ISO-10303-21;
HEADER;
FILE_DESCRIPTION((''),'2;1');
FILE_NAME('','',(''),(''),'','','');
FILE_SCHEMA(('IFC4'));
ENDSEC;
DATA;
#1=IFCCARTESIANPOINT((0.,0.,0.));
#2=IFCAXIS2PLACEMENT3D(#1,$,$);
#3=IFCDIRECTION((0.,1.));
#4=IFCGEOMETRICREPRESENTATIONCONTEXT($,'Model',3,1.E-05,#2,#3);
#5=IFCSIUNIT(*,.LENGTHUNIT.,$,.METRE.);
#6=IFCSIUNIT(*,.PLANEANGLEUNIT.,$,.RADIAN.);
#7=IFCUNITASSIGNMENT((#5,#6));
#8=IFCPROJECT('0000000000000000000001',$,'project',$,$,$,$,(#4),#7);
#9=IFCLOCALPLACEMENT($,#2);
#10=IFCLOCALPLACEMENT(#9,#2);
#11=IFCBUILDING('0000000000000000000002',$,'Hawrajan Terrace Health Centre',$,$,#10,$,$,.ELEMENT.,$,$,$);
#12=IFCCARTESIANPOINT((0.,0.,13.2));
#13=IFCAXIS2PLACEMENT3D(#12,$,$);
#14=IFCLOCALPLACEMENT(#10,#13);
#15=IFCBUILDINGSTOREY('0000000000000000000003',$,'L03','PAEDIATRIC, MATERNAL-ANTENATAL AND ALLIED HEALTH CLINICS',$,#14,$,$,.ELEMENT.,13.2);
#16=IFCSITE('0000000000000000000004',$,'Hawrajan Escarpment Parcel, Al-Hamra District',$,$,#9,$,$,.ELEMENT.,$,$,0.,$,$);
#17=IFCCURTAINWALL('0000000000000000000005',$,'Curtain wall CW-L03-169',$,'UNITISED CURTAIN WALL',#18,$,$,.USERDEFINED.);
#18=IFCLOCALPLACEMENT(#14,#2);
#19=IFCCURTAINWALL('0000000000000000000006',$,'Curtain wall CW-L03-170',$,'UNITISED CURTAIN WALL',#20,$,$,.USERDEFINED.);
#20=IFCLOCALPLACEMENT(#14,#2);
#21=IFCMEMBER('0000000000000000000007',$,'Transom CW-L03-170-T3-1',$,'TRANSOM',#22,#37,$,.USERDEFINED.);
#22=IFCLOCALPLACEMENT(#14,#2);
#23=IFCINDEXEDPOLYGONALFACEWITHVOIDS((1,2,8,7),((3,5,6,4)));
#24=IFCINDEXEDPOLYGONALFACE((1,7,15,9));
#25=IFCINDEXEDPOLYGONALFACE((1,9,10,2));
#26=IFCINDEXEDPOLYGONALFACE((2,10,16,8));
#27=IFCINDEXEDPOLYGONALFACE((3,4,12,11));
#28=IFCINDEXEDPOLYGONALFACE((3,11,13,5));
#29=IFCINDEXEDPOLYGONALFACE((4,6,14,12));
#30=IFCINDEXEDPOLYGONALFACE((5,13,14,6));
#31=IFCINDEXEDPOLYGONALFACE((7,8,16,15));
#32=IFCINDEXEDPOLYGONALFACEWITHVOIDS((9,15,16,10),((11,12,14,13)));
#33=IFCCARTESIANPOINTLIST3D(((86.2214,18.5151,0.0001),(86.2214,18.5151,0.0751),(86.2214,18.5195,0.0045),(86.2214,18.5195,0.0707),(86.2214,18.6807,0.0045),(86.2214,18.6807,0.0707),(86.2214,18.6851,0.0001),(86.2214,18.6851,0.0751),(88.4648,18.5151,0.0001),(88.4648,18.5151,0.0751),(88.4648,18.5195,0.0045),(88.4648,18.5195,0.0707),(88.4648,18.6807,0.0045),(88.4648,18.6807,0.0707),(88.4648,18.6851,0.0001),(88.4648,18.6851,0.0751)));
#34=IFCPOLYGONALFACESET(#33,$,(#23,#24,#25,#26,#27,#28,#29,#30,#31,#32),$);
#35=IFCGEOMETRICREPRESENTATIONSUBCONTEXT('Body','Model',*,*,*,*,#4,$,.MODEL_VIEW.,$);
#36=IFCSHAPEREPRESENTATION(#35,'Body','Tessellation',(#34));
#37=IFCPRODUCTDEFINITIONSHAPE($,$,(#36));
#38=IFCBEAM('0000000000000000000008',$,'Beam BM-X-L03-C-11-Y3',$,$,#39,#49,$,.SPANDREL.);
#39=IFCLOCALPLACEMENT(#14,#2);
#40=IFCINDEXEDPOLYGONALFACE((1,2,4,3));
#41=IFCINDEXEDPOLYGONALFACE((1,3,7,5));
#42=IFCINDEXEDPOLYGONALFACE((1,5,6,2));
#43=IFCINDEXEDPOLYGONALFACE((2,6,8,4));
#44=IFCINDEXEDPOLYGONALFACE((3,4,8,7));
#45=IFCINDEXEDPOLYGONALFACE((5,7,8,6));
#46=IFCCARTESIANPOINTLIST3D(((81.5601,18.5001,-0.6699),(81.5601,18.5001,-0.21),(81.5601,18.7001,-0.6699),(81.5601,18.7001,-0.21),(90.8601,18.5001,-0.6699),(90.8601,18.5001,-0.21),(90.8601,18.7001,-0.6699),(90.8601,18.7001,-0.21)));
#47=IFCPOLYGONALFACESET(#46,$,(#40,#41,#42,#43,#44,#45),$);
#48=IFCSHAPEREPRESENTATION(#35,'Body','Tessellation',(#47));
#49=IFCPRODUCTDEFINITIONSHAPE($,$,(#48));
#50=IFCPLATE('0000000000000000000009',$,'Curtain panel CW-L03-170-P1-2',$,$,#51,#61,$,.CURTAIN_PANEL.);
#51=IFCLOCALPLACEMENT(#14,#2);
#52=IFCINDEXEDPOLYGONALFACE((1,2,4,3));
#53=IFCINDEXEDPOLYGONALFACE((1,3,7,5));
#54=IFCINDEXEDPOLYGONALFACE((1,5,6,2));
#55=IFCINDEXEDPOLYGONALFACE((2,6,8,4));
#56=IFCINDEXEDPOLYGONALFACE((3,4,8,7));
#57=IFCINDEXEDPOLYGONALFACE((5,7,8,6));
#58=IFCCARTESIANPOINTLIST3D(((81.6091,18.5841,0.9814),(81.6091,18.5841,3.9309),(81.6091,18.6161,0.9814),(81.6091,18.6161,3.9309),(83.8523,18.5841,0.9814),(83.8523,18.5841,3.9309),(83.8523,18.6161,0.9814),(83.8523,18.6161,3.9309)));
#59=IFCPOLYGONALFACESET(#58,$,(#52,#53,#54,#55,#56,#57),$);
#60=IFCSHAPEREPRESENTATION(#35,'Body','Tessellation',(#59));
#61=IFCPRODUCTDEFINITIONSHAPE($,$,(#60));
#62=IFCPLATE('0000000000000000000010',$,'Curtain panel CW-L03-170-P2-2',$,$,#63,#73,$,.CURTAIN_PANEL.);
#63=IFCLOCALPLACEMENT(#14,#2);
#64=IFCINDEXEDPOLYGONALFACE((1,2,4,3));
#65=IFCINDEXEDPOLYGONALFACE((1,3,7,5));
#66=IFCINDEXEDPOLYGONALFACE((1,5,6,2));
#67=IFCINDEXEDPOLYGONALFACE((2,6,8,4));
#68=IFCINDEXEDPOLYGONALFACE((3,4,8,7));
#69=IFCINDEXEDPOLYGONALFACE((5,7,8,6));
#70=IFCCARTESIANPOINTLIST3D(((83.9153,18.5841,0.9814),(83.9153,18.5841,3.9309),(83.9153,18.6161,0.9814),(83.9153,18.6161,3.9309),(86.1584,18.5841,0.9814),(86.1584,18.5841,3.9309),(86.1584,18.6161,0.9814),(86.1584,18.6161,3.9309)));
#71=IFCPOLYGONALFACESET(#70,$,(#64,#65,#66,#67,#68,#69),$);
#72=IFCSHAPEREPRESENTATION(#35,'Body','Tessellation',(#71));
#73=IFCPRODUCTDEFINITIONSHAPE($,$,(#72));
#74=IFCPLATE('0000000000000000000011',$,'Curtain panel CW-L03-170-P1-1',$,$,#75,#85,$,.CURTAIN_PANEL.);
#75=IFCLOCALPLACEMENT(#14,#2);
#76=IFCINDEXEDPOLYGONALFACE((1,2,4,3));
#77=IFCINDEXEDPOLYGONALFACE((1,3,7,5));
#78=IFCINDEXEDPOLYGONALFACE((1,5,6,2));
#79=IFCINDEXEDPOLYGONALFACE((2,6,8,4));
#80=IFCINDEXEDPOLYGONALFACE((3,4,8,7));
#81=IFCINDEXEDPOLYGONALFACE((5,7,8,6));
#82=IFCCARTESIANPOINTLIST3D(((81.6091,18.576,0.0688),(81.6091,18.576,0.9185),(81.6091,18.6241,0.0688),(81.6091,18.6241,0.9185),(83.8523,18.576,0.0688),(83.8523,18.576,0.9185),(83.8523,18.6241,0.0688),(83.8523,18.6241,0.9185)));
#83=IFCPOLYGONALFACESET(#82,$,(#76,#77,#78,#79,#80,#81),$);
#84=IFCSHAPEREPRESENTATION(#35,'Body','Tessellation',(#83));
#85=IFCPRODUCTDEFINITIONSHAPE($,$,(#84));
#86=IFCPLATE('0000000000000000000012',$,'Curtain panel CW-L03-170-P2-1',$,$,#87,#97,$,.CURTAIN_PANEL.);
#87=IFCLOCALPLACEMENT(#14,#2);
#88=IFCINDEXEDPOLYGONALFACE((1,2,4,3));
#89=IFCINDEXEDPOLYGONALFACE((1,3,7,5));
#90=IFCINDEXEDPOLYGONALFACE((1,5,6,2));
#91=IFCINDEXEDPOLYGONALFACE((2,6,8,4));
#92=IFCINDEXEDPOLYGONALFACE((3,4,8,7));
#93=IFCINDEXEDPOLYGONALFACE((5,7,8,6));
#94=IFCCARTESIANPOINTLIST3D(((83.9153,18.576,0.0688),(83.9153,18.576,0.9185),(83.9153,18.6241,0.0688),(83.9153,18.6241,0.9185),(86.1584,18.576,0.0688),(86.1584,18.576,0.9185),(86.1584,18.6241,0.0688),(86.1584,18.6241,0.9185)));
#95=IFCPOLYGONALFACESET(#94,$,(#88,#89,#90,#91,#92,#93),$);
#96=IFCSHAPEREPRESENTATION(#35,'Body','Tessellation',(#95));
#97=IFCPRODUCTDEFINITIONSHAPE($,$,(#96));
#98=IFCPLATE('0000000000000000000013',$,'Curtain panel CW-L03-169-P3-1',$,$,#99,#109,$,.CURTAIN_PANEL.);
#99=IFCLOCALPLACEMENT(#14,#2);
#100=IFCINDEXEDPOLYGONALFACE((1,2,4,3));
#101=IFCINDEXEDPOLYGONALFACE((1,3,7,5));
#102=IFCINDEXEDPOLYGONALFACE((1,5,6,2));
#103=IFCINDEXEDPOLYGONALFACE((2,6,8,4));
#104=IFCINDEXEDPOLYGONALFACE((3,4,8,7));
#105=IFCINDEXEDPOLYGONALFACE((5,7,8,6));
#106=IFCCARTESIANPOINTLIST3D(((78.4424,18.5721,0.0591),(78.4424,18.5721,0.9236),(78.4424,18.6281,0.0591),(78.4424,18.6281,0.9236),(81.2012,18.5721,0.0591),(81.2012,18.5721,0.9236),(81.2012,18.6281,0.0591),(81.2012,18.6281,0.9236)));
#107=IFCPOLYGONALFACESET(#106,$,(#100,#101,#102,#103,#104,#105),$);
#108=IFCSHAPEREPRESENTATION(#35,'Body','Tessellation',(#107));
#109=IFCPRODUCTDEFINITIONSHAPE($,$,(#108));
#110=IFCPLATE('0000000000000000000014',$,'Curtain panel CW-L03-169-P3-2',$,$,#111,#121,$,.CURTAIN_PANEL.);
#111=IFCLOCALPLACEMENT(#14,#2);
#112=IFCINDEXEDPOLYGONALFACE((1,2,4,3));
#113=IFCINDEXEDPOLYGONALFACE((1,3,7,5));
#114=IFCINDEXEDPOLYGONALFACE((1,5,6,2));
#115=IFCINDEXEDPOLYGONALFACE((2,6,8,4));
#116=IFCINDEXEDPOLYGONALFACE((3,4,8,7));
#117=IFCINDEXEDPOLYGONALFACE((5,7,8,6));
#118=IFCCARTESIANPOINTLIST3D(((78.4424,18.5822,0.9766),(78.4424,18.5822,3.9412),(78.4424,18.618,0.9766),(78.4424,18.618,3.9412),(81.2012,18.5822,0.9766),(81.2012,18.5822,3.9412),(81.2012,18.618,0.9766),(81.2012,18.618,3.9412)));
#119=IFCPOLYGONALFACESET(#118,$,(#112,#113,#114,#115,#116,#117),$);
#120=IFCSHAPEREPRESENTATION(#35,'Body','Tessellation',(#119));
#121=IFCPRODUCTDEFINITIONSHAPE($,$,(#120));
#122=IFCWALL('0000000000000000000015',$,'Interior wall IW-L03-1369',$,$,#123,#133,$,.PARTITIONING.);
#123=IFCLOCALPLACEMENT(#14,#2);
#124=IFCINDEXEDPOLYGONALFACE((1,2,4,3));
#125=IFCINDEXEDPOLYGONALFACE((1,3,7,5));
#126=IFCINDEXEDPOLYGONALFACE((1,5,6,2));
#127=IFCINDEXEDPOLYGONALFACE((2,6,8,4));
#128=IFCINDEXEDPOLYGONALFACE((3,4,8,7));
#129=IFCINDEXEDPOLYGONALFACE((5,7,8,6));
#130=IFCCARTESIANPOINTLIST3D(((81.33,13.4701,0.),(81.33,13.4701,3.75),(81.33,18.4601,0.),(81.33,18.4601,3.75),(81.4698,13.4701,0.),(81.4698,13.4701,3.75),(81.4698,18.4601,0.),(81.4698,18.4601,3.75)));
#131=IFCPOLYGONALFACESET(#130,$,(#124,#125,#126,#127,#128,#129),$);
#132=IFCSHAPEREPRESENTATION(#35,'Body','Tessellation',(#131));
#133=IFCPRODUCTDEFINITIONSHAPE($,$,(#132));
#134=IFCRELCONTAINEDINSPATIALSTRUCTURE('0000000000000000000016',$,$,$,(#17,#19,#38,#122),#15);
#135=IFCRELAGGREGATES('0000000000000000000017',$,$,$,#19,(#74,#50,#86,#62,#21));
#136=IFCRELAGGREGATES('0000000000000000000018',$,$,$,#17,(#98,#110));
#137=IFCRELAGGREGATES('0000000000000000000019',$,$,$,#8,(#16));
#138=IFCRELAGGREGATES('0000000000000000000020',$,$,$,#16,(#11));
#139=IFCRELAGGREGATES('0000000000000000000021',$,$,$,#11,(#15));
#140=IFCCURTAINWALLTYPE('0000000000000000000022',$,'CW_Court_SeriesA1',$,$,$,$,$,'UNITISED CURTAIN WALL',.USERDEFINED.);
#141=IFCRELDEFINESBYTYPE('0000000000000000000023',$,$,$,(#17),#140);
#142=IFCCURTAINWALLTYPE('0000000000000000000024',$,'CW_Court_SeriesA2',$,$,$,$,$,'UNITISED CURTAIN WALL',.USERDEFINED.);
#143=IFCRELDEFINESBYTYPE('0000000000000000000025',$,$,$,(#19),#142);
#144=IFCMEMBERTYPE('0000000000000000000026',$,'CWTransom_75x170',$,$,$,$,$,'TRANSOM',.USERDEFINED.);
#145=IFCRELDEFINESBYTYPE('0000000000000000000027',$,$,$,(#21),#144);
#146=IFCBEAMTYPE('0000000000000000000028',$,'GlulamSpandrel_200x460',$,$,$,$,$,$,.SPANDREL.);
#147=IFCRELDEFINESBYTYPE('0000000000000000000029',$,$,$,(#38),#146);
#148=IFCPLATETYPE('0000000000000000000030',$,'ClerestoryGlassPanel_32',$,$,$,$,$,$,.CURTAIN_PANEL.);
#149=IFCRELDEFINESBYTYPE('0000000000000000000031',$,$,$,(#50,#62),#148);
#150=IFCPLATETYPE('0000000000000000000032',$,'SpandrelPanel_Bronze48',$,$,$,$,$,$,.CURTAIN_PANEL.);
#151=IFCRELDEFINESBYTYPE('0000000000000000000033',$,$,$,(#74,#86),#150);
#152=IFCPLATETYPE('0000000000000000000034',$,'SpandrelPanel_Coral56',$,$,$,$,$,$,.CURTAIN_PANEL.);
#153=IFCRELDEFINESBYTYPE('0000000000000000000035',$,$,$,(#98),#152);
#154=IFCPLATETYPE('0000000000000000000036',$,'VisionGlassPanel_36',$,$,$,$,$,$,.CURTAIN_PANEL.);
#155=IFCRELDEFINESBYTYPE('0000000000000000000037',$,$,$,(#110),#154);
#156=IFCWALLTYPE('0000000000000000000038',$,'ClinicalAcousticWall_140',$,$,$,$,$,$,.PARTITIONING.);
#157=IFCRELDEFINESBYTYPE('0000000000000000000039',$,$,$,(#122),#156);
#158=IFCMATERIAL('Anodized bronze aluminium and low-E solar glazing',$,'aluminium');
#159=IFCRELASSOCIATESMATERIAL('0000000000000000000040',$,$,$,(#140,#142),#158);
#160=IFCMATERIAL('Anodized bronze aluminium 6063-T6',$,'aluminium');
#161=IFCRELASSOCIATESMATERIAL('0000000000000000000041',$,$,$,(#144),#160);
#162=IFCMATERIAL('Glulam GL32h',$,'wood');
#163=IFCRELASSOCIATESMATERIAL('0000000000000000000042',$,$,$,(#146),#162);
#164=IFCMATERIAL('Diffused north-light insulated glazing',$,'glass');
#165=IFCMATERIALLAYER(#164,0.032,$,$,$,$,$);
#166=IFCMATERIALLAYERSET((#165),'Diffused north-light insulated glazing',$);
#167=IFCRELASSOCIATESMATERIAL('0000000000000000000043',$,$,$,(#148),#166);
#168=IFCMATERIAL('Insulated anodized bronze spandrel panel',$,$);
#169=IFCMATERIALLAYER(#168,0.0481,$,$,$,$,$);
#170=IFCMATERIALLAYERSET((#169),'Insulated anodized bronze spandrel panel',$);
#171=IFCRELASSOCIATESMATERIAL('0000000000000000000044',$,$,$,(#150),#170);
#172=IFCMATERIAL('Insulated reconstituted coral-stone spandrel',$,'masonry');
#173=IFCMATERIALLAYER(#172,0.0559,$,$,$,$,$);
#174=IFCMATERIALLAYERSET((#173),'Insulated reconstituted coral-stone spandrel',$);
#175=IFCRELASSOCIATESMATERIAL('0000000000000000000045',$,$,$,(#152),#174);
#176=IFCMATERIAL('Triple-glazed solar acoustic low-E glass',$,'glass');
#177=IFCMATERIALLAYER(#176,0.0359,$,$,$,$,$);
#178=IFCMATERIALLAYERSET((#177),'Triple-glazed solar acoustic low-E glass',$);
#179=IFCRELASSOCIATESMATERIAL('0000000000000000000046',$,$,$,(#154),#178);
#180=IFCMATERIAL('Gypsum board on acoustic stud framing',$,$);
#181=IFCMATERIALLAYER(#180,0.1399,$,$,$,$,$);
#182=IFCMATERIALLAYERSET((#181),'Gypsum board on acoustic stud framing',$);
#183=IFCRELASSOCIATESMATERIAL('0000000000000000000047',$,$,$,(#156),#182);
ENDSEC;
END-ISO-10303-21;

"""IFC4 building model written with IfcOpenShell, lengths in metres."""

from ifc_helpers import new_model, si_unit, direction, frame, frame_2d, origin, origin_2d, place, context, subcontext, project, spatial, rectangle, hollow_rectangle, extrude, material, layer, layer_set, material_profile, profile_set, type_object, element, aggregate, save


model = new_model("IFC4")

# Units and contexts
model_context = context("Model", 3, precision=1e-05, world=origin(), true_north=direction((0.0, 1.0)))
body_context = subcontext(model_context, "Body", "Model", "MODEL_VIEW")
ifc_project = project(units=[si_unit("LENGTHUNIT", "METRE"), si_unit("PLANEANGLEUNIT", "RADIAN")], contexts=[model_context])

# Site, building, storey
site_placement = place(None, origin())
site = spatial("IfcSite", under=ifc_project, at=site_placement, Name="Hawrajan Escarpment Parcel, Al-Hamra District", CompositionType="ELEMENT", RefElevation=0.0)
building_placement = place(site_placement, origin())
building = spatial("IfcBuilding", under=site, at=building_placement, Name="Hawrajan Terrace Health Centre", CompositionType="ELEMENT")
storey_placement = place(building_placement, frame((0.0, 0.0, 13.2)))
storey = spatial("IfcBuildingStorey", under=building, at=storey_placement, Name="L03", Description="PAEDIATRIC, MATERNAL-ANTENATAL AND ALLIED HEALTH CLINICS", CompositionType="ELEMENT", Elevation=13.2)

# Shared definitions
ifc_material_1 = material(Name="Glulam GL32h", Category="wood")

# Curtain wall
ifc_material_2 = material(Name="Anodized bronze aluminium and low-E solar glazing", Category="aluminium")
curtain_wall_type_1 = type_object("IfcCurtainWallType", Name="CW_Court_SeriesA1", ElementType="UNITISED CURTAIN WALL", PredefinedType="USERDEFINED", material=ifc_material_2)
curtain_wall_1_placement = place(storey_placement, origin())
curtain_wall_1 = element("IfcCurtainWall", 1, at=curtain_wall_1_placement, inside=storey, type_object=curtain_wall_type_1, Name="Curtain wall CW-L03-169", ObjectType="UNITISED CURTAIN WALL", PredefinedType="USERDEFINED")
ifc_material_3 = material(Name="Anodized bronze aluminium 6063-T6", Category="aluminium")

# Curtain wall, member
curtain_wall_type_2 = type_object("IfcCurtainWallType", Name="CW_Court_SeriesA2", ElementType="UNITISED CURTAIN WALL", PredefinedType="USERDEFINED", material=ifc_material_2)
curtain_wall_2_placement = place(storey_placement, origin())
curtain_wall_2 = element("IfcCurtainWall", 2, at=curtain_wall_2_placement, inside=storey, type_object=curtain_wall_type_2, Name="Curtain wall CW-L03-170", ObjectType="UNITISED CURTAIN WALL", PredefinedType="USERDEFINED")
ifc_material_profile_1 = material_profile(ifc_material_3, hollow_rectangle(XDim=0.075, YDim=0.1699, WallThickness=0.0044, at=origin_2d()), Name="CW TRN 75x170")
ifc_profile_set_1 = profile_set([ifc_material_profile_1], Name="Anodized bronze aluminium 6063-T6")
member_type_1 = type_object("IfcMemberType", Name="CWTransom_75x170", ElementType="TRANSOM", PredefinedType="USERDEFINED", material=ifc_profile_set_1)
member_1_placement = place(storey_placement, frame((86.2214, 18.6001, 0.0376), z_axis=(1.0, 0.0, 0.0), x_axis=(0.0, 0.0, 1.0)))
member_1 = element("IfcMember", 3, at=member_1_placement, type_object=member_type_1, Name="Transom CW-L03-170-T3-1", ObjectType="TRANSOM", PredefinedType="USERDEFINED", context=body_context, shape_type="SweptSolid", body=[
    extrude(hollow_rectangle(XDim=0.075, YDim=0.1699, WallThickness=0.0044, at=origin_2d()), origin(), (0.0, 0.0, 1.0), 2.2434),
])

# Beam
ifc_material_profile_2 = material_profile(ifc_material_1, rectangle(XDim=0.2, YDim=0.46, at=origin_2d()), Name="GL SP 200x460")
ifc_profile_set_2 = profile_set([ifc_material_profile_2], Name="Glulam GL32h")
beam_type = type_object("IfcBeamType", Name="GlulamSpandrel_200x460", PredefinedType="SPANDREL", material=ifc_profile_set_2)
beam_placement = place(storey_placement, frame((81.5601, 18.6001, -0.4399), z_axis=(1.0, 0.0, 0.0), x_axis=(0.0, 1.0, 0.0)))
element("IfcBeam", 4, at=beam_placement, inside=storey, type_object=beam_type, Name="Beam BM-X-L03-C-11-Y3", PredefinedType="SPANDREL", context=body_context, shape_type="SweptSolid", body=[
    extrude(rectangle(XDim=0.2, YDim=0.46, at=origin_2d()), origin(), (0.0, 0.0, 1.0), 9.3),
])

# Plates
ifc_material_4 = material(Name="Diffused north-light insulated glazing", Category="glass")
ifc_layer_1 = layer(ifc_material_4, 0.032)
ifc_layer_set_1 = layer_set([ifc_layer_1], Name="Diffused north-light insulated glazing")
plate_type_1 = type_object("IfcPlateType", Name="ClerestoryGlassPanel_32", PredefinedType="CURTAIN_PANEL", material=ifc_layer_set_1)
plate_1_placement = place(storey_placement, frame((82.7307, 18.6001, 0.9814), z_axis=(0.0, 0.0, 1.0), x_axis=(1.0, 0.0, 0.0)))
plate_1 = element("IfcPlate", 5, at=plate_1_placement, type_object=plate_type_1, Name="Curtain panel CW-L03-170-P1-2", PredefinedType="CURTAIN_PANEL", context=body_context, shape_type="SweptSolid", body=[
    extrude(rectangle(XDim=2.2432, YDim=0.032, at=origin_2d()), origin(), (0.0, 0.0, 1.0), 2.9495),
])
plate_2_placement = place(storey_placement, frame((85.0369, 18.6001, 0.9814), z_axis=(0.0, 0.0, 1.0), x_axis=(1.0, 0.0, 0.0)))
plate_2 = element("IfcPlate", 6, at=plate_2_placement, type_object=plate_type_1, Name="Curtain panel CW-L03-170-P2-2", PredefinedType="CURTAIN_PANEL", context=body_context, shape_type="SweptSolid", body=[
    extrude(rectangle(XDim=2.2432, YDim=0.032, at=origin_2d()), origin(), (0.0, 0.0, 1.0), 2.9495),
])
ifc_material_5 = material(Name="Insulated anodized bronze spandrel panel")
ifc_layer_2 = layer(ifc_material_5, 0.0481)
ifc_layer_set_2 = layer_set([ifc_layer_2], Name="Insulated anodized bronze spandrel panel")
plate_type_2 = type_object("IfcPlateType", Name="SpandrelPanel_Bronze48", PredefinedType="CURTAIN_PANEL", material=ifc_layer_set_2)
plate_3_placement = place(storey_placement, frame((82.7307, 18.6001, 0.0688), z_axis=(0.0, 0.0, 1.0), x_axis=(1.0, 0.0, 0.0)))
plate_3 = element("IfcPlate", 7, at=plate_3_placement, type_object=plate_type_2, Name="Curtain panel CW-L03-170-P1-1", PredefinedType="CURTAIN_PANEL", context=body_context, shape_type="SweptSolid", body=[
    extrude(rectangle(XDim=2.2432, YDim=0.0481, at=origin_2d()), origin(), (0.0, 0.0, 1.0), 0.8496),
])
plate_4_placement = place(storey_placement, frame((85.0369, 18.6001, 0.0688), z_axis=(0.0, 0.0, 1.0), x_axis=(1.0, 0.0, 0.0)))
plate_4 = element("IfcPlate", 8, at=plate_4_placement, type_object=plate_type_2, Name="Curtain panel CW-L03-170-P2-1", PredefinedType="CURTAIN_PANEL", context=body_context, shape_type="SweptSolid", body=[
    extrude(rectangle(XDim=2.2432, YDim=0.0481, at=origin_2d()), origin(), (0.0, 0.0, 1.0), 0.8496),
])
aggregate(curtain_wall_2, [plate_3, plate_1, plate_4, plate_2, member_1])
ifc_material_6 = material(Name="Insulated reconstituted coral-stone spandrel", Category="masonry")
ifc_layer_3 = layer(ifc_material_6, 0.0559)
ifc_layer_set_3 = layer_set([ifc_layer_3], Name="Insulated reconstituted coral-stone spandrel")
plate_type_3 = type_object("IfcPlateType", Name="SpandrelPanel_Coral56", PredefinedType="CURTAIN_PANEL", material=ifc_layer_set_3)
plate_5_placement = place(storey_placement, frame((79.8218, 18.6001, 0.0591), z_axis=(0.0, 0.0, 1.0), x_axis=(1.0, 0.0, 0.0)))
plate_5 = element("IfcPlate", 9, at=plate_5_placement, type_object=plate_type_3, Name="Curtain panel CW-L03-169-P3-1", PredefinedType="CURTAIN_PANEL", context=body_context, shape_type="SweptSolid", body=[
    extrude(rectangle(XDim=2.7588, YDim=0.0559, at=origin_2d()), origin(), (0.0, 0.0, 1.0), 0.8645),
])
ifc_material_7 = material(Name="Triple-glazed solar acoustic low-E glass", Category="glass")
ifc_layer_4 = layer(ifc_material_7, 0.0359)
ifc_layer_set_4 = layer_set([ifc_layer_4], Name="Triple-glazed solar acoustic low-E glass")
plate_type_4 = type_object("IfcPlateType", Name="VisionGlassPanel_36", PredefinedType="CURTAIN_PANEL", material=ifc_layer_set_4)
plate_6_placement = place(storey_placement, frame((79.8218, 18.6001, 0.9766), z_axis=(0.0, 0.0, 1.0), x_axis=(1.0, 0.0, 0.0)))
plate_6 = element("IfcPlate", 10, at=plate_6_placement, type_object=plate_type_4, Name="Curtain panel CW-L03-169-P3-2", PredefinedType="CURTAIN_PANEL", context=body_context, shape_type="SweptSolid", body=[
    extrude(rectangle(XDim=2.7588, YDim=0.0359, at=origin_2d()), origin(), (0.0, 0.0, 1.0), 2.9646),
])
aggregate(curtain_wall_1, [plate_5, plate_6])

# Wall
ifc_material_8 = material(Name="Gypsum board on acoustic stud framing")
ifc_layer_5 = layer(ifc_material_8, 0.1399)
ifc_layer_set_5 = layer_set([ifc_layer_5], Name="Gypsum board on acoustic stud framing")
wall_type = type_object("IfcWallType", Name="ClinicalAcousticWall_140", PredefinedType="PARTITIONING", material=ifc_layer_set_5)
wall_placement = place(storey_placement, frame((81.3999, 13.47, 0.0), z_axis=(0.0, 0.0, 1.0), x_axis=(0.0, 1.0, 0.0)))
element("IfcWall", 11, at=wall_placement, inside=storey, type_object=wall_type, Name="Interior wall IW-L03-1369", PredefinedType="PARTITIONING", context=body_context, shape_type="SweptSolid", body=[
    extrude(rectangle(XDim=4.99, YDim=0.1399, at=frame_2d((2.4951, 0.0))), origin(), (0.0, 0.0, 1.0), 3.75),
])

save(model, "model.ifc")
